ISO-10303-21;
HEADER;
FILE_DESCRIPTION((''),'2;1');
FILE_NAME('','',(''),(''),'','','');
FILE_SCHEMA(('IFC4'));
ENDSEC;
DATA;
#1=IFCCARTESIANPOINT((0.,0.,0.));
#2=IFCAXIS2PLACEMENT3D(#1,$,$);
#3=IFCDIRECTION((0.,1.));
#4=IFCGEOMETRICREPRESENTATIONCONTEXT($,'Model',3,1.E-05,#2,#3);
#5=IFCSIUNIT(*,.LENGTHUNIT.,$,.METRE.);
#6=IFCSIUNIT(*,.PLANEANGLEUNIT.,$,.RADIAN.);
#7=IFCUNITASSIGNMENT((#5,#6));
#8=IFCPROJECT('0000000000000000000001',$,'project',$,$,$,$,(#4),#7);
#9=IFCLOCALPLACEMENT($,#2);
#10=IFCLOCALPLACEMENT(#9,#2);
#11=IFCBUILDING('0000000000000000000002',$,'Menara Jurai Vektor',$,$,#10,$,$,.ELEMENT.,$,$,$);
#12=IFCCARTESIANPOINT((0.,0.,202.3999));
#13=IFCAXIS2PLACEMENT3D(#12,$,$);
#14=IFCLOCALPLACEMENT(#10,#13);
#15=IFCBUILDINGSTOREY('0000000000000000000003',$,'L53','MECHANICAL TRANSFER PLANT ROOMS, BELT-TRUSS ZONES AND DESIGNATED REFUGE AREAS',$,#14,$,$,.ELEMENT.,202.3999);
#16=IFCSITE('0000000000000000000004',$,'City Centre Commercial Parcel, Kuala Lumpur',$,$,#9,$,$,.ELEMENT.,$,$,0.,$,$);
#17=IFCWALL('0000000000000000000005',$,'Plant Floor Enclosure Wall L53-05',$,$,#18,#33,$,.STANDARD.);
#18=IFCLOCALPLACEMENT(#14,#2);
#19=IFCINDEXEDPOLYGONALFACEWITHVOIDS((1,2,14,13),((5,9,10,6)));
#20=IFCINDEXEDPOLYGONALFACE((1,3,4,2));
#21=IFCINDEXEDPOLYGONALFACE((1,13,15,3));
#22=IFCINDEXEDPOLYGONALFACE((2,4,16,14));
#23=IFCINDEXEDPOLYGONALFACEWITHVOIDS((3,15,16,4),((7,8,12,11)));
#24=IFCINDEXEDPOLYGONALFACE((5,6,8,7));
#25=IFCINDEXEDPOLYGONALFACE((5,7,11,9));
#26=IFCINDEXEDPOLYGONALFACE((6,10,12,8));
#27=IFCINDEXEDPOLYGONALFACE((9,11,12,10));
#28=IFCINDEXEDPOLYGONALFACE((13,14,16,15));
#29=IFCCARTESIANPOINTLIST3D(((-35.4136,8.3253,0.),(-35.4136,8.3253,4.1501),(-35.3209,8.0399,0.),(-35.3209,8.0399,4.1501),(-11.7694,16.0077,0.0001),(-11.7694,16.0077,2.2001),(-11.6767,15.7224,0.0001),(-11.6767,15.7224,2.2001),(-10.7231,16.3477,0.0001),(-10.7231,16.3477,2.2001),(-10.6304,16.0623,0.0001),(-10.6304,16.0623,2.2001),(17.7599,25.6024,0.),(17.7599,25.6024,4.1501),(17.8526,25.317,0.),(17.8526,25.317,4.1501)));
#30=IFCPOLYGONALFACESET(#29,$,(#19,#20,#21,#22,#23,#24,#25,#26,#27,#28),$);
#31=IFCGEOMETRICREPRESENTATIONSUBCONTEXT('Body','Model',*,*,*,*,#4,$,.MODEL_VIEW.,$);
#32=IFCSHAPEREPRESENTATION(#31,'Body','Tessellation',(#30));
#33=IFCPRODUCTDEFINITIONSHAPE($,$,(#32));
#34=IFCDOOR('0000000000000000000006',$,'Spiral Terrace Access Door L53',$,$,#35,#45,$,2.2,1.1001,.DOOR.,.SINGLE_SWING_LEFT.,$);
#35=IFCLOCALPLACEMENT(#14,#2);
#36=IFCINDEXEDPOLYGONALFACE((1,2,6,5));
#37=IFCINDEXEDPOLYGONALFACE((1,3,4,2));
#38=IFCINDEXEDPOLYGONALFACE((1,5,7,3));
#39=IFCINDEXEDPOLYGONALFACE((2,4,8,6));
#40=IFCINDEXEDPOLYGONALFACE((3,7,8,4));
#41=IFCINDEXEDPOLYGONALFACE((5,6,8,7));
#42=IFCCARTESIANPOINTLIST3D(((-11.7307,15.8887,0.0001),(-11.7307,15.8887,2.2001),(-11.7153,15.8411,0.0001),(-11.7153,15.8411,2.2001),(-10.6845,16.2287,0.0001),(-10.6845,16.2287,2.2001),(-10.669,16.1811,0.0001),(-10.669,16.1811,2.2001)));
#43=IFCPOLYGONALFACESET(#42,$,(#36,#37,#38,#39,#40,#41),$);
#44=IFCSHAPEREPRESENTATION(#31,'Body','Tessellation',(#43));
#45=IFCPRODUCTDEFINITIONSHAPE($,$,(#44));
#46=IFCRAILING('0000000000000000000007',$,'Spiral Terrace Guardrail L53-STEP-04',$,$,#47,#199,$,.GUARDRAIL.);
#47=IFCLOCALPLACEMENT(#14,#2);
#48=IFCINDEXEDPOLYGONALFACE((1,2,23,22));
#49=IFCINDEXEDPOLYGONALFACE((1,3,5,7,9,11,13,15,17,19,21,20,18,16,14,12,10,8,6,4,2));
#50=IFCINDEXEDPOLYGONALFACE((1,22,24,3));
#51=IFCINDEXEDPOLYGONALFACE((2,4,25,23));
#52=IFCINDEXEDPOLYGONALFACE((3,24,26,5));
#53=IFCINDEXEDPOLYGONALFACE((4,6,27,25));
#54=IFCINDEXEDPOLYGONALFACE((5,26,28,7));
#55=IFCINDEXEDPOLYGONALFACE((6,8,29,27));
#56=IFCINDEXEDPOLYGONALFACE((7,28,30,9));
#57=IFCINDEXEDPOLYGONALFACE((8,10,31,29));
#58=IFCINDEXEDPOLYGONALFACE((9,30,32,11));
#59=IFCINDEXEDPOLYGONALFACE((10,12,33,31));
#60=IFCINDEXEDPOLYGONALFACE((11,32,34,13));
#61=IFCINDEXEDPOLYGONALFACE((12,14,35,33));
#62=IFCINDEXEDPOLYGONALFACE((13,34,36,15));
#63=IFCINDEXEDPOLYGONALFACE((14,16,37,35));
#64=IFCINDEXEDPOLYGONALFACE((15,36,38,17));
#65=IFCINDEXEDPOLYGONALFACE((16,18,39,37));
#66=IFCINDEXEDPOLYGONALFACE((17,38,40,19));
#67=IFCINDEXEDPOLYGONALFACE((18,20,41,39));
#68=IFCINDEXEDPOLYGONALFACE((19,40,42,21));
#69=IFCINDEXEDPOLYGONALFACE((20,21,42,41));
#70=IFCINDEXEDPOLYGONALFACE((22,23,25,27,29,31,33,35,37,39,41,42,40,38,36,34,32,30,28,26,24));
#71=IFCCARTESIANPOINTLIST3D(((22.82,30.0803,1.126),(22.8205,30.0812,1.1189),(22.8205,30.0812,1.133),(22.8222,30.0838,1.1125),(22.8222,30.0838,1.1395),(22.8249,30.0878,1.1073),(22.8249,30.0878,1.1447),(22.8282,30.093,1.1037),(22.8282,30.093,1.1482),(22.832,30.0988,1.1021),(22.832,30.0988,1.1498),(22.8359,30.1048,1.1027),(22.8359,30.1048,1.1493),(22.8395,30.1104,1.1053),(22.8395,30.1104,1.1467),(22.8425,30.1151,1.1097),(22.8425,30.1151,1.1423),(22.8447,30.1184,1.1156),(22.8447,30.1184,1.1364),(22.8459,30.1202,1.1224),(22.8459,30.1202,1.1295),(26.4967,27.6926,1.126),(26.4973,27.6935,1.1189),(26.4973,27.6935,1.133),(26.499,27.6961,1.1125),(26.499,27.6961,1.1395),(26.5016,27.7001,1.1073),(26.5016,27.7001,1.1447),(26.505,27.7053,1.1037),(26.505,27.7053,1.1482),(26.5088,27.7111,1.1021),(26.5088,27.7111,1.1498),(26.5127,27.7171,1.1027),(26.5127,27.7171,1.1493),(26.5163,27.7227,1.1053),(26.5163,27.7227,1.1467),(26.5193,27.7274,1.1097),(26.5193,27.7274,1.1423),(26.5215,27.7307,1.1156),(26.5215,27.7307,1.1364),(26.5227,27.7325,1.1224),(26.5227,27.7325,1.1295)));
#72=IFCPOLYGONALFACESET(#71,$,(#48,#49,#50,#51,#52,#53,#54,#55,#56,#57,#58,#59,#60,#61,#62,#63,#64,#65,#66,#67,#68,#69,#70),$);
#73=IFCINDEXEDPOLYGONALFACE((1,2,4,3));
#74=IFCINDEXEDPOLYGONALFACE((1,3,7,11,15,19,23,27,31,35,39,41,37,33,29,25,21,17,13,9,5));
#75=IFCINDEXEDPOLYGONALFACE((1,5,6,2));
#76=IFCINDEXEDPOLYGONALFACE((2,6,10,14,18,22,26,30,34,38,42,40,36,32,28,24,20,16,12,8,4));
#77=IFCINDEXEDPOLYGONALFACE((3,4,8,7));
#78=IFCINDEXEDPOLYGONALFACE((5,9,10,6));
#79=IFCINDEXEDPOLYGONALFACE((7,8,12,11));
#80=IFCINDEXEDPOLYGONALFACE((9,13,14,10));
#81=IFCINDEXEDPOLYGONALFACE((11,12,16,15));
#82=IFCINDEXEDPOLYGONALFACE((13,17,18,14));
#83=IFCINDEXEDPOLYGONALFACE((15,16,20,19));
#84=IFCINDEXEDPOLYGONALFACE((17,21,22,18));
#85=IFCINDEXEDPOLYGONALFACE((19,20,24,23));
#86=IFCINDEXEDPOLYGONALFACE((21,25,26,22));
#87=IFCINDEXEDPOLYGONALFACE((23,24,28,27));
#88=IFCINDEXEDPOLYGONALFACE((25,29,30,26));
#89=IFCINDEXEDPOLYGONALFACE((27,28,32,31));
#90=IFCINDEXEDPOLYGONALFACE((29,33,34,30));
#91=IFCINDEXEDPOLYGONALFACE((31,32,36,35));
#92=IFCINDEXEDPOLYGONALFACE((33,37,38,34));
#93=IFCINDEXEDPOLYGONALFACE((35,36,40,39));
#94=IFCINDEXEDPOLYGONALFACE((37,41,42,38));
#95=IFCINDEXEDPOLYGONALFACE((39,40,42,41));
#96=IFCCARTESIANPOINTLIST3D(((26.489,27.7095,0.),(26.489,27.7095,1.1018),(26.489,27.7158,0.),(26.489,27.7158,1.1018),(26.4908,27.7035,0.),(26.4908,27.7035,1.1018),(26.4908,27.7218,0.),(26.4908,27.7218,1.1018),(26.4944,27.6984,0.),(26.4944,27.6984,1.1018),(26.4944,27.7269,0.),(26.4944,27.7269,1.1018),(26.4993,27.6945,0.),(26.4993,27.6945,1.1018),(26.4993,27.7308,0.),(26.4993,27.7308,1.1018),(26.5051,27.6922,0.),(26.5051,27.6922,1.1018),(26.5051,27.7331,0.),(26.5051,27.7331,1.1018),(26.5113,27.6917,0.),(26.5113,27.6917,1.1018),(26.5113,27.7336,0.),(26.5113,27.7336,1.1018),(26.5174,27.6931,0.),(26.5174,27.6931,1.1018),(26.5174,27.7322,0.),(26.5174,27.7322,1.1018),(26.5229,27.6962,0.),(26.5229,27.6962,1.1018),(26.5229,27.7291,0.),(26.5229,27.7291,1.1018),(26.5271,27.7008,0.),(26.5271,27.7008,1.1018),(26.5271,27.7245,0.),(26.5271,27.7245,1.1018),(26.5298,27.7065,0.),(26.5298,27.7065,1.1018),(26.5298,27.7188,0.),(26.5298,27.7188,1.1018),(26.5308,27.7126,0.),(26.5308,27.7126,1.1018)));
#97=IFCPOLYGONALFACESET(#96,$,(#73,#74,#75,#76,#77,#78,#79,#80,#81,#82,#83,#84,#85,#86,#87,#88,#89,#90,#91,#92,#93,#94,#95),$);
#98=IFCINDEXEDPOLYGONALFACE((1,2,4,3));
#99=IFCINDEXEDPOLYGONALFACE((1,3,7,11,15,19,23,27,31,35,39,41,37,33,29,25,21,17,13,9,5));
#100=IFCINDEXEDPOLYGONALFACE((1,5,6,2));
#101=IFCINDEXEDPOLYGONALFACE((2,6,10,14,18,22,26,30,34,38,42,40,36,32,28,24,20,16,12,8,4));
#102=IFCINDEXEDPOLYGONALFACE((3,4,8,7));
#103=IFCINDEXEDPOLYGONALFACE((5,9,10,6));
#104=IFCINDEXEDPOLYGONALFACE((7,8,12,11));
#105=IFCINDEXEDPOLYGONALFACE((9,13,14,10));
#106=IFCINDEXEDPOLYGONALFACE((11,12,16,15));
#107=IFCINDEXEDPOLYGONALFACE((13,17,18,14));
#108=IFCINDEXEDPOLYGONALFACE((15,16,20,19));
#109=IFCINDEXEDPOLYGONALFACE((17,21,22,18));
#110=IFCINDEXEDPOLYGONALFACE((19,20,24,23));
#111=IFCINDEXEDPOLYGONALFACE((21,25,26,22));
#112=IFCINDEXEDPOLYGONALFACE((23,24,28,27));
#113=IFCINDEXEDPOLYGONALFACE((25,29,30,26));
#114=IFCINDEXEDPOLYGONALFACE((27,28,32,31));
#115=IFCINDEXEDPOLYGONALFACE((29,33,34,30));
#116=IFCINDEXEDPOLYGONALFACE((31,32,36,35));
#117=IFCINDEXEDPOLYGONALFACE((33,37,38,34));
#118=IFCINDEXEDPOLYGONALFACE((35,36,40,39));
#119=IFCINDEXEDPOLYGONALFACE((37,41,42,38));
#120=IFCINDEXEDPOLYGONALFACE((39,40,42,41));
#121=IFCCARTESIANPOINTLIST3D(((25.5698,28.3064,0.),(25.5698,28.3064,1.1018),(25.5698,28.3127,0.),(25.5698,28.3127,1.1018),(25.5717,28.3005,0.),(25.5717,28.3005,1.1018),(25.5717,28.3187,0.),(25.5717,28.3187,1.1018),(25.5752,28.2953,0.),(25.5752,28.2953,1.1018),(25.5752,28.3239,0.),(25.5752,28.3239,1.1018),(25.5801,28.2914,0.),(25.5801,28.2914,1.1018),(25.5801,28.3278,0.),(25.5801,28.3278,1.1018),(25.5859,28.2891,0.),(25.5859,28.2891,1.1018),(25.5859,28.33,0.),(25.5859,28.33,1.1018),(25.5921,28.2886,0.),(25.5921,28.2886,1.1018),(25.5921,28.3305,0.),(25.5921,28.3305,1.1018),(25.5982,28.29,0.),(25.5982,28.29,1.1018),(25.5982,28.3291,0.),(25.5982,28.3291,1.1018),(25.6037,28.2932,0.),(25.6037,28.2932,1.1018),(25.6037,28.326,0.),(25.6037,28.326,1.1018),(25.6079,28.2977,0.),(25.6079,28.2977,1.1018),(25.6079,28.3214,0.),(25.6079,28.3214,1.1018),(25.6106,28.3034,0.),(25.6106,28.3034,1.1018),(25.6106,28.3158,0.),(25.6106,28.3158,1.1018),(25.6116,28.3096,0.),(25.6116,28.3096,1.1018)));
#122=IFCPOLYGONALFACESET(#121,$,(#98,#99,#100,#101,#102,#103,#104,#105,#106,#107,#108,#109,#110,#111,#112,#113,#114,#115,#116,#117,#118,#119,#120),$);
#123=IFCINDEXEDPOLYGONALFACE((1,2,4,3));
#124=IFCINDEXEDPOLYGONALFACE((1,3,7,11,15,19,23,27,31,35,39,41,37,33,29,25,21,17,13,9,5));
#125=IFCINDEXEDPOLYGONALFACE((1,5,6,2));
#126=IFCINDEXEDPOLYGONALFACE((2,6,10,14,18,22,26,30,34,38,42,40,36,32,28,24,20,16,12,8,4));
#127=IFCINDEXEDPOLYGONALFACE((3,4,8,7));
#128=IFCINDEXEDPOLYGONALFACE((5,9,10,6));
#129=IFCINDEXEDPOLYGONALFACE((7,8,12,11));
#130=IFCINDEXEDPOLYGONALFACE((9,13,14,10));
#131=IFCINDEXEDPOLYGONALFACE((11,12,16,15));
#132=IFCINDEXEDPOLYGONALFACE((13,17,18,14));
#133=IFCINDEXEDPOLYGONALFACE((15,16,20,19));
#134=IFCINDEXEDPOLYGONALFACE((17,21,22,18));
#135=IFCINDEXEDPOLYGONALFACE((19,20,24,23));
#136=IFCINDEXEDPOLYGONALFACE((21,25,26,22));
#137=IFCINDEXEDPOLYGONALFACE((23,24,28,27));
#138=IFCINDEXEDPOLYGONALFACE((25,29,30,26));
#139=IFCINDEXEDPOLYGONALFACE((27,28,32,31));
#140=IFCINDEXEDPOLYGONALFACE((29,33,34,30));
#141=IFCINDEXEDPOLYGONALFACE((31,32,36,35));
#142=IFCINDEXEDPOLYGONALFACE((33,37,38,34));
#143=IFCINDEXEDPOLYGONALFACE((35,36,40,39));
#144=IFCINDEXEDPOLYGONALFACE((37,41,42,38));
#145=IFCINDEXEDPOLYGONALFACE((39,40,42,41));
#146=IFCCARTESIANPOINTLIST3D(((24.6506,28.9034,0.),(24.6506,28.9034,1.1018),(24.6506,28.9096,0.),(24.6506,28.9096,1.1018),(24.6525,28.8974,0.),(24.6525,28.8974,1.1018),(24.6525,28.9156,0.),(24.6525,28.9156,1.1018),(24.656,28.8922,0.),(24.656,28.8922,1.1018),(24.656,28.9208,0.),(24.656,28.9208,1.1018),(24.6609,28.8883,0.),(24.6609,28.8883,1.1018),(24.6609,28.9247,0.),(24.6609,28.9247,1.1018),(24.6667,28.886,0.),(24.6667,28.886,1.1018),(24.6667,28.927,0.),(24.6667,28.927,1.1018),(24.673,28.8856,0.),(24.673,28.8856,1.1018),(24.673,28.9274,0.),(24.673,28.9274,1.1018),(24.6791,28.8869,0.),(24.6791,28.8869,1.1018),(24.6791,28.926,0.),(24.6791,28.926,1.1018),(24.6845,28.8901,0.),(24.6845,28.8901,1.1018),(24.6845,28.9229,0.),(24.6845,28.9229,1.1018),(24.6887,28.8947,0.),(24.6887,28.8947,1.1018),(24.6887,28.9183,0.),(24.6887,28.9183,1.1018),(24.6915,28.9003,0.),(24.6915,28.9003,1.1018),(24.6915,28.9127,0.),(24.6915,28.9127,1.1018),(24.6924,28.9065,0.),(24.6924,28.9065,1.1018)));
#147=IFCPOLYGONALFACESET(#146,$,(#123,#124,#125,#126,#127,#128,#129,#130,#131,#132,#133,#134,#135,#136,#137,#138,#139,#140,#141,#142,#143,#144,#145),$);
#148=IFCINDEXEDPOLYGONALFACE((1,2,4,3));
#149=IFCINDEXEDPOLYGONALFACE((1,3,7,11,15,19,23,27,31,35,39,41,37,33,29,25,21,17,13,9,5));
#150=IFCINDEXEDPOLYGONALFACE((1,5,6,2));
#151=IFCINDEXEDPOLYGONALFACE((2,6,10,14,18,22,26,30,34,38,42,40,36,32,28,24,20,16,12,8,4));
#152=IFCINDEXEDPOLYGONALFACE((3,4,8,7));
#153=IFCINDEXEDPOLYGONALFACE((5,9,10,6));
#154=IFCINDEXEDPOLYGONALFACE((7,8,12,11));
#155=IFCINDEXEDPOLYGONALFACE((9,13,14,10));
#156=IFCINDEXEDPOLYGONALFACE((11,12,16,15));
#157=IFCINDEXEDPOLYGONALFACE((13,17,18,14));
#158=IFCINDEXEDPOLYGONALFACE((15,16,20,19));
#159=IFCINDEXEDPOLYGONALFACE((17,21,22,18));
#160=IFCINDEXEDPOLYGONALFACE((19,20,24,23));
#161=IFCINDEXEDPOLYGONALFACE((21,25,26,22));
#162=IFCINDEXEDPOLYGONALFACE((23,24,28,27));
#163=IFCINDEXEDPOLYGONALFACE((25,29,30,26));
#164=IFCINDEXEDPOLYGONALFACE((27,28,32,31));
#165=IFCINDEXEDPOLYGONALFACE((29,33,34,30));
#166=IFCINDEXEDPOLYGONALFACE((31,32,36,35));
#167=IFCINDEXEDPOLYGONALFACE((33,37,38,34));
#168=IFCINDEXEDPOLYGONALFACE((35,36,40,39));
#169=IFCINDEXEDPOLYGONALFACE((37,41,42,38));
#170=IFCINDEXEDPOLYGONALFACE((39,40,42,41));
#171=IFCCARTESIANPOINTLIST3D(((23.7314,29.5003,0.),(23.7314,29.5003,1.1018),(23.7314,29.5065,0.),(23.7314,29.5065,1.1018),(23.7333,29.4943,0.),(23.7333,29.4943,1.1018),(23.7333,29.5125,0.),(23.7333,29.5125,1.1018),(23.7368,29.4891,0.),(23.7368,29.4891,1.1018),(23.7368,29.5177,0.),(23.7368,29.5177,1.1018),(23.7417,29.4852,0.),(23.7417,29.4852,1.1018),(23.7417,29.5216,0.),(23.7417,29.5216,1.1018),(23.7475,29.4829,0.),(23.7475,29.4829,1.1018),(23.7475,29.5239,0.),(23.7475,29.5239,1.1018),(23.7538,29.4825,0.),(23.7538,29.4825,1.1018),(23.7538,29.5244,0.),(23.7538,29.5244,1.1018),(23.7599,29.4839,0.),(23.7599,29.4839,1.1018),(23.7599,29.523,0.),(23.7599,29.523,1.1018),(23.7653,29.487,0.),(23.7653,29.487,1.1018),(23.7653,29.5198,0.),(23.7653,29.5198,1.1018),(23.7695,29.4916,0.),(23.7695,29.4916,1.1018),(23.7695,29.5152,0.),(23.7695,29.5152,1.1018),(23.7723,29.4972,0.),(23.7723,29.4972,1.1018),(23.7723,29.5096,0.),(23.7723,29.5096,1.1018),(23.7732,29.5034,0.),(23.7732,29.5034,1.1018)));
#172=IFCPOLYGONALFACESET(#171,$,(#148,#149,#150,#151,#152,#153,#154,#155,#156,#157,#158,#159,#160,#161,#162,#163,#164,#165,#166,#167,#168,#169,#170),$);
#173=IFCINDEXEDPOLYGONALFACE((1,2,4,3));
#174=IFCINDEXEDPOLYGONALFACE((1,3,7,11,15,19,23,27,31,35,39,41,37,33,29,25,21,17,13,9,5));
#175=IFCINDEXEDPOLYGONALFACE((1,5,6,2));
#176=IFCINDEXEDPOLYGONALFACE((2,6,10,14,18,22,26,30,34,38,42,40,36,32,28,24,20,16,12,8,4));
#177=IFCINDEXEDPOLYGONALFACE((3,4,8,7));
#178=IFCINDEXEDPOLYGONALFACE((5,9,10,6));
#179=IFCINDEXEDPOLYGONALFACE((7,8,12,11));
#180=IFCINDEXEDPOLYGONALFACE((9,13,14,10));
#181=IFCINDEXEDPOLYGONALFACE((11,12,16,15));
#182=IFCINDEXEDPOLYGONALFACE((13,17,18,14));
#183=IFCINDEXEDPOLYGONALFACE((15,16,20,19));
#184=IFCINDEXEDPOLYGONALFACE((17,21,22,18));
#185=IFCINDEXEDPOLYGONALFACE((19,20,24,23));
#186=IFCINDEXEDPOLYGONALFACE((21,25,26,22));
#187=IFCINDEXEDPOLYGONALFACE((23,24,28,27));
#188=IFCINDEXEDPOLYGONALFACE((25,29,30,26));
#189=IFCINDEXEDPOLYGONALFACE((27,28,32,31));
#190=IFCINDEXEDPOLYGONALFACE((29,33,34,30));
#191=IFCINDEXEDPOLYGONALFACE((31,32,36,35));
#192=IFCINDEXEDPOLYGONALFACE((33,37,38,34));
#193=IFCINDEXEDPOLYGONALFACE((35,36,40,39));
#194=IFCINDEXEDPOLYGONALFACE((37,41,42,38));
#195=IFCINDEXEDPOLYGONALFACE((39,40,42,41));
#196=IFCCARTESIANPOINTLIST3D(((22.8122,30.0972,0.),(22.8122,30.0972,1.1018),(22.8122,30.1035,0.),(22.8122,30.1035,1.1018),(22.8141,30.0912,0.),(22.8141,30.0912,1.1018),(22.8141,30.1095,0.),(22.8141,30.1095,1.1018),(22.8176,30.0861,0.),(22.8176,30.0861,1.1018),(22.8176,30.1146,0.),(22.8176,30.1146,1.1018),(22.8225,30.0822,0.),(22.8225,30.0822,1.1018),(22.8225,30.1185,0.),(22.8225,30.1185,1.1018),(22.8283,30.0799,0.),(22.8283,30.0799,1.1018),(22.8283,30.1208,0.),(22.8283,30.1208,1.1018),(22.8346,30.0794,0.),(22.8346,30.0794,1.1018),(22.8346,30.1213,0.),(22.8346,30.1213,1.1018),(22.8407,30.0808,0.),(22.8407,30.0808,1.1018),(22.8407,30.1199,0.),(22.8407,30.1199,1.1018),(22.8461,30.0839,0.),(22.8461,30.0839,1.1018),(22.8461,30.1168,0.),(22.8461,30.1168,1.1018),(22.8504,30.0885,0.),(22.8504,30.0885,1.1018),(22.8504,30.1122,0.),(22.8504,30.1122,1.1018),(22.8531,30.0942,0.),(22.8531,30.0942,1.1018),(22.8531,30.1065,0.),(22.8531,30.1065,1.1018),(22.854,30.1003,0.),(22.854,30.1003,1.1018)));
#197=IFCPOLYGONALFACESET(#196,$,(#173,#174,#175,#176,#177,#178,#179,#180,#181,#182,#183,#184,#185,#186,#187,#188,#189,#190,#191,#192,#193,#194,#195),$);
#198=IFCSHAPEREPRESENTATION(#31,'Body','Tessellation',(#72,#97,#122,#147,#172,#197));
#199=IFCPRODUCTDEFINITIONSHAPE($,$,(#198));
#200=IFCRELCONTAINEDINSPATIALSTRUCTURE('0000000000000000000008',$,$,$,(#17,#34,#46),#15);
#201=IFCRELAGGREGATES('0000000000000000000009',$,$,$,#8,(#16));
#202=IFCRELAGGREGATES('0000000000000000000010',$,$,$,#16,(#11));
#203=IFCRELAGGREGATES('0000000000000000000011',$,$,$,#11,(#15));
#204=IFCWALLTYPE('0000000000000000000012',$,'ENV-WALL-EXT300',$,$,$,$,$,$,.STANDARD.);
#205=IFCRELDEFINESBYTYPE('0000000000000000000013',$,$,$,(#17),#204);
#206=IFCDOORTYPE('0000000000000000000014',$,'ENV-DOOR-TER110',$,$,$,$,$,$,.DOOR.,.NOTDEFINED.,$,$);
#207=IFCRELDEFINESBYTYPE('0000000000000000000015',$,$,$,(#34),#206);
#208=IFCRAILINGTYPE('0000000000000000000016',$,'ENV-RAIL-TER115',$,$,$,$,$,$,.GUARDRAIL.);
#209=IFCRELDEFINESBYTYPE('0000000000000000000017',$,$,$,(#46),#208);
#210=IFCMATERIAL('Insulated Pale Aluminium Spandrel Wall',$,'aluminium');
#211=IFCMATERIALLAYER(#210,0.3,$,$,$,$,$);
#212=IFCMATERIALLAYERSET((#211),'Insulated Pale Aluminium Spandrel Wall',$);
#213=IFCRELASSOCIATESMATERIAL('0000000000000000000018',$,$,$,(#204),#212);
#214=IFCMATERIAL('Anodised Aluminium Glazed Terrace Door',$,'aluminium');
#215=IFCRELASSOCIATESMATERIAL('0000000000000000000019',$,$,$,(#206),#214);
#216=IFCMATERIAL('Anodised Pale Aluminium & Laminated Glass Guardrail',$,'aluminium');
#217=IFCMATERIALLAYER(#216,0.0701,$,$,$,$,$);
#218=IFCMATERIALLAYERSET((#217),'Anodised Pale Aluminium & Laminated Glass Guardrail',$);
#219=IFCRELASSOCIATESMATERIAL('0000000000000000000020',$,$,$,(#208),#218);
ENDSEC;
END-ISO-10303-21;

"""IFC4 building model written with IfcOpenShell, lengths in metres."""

from ifc_helpers import new_model, si_unit, direction, frame, frame_2d, origin, origin_2d, place, context, subcontext, project, spatial, rectangle, circle, extrude, material, layer, layer_set, type_object, element, fill, save


model = new_model("IFC4")

# Units and contexts
model_context = context("Model", 3, precision=1e-05, world=origin(), true_north=direction((0.0, 1.0)))
body_context = subcontext(model_context, "Body", "Model", "MODEL_VIEW")
ifc_project = project(units=[si_unit("LENGTHUNIT", "METRE"), si_unit("PLANEANGLEUNIT", "RADIAN")], contexts=[model_context])

# Site, building, storey
site_placement = place(None, origin())
site = spatial("IfcSite", under=ifc_project, at=site_placement, Name="City Centre Commercial Parcel, Kuala Lumpur", CompositionType="ELEMENT", RefElevation=0.0)
building_placement = place(site_placement, origin())
building = spatial("IfcBuilding", under=site, at=building_placement, Name="Menara Jurai Vektor", CompositionType="ELEMENT")
storey_placement = place(building_placement, frame((0.0, 0.0, 202.3999)))
storey = spatial("IfcBuildingStorey", under=building, at=storey_placement, Name="L53", Description="MECHANICAL TRANSFER PLANT ROOMS, BELT-TRUSS ZONES AND DESIGNATED REFUGE AREAS", CompositionType="ELEMENT", Elevation=202.3999)

# Shared definitions
ifc_material_1 = material(Name="Insulated Pale Aluminium Spandrel Wall", Category="aluminium")
ifc_layer_1 = layer(ifc_material_1, 0.3)
ifc_layer_set_1 = layer_set([ifc_layer_1], Name="Insulated Pale Aluminium Spandrel Wall")
wall_type = type_object("IfcWallType", Name="ENV-WALL-EXT300", PredefinedType="STANDARD", material=ifc_layer_set_1)

# Wall, opening, door
wall_1_placement = place(storey_placement, frame((17.8064, 25.4597, 0.0), z_axis=(0.0, 0.0, 1.0), x_axis=(-0.951057, -0.309016, 0.0)))
wall_1 = element("IfcWall", 1, at=wall_1_placement, inside=storey, type_object=wall_type, Name="Plant Floor Enclosure Wall L53-05", PredefinedType="STANDARD", context=body_context, shape_type="SweptSolid", body=[
    extrude(rectangle(XDim=55.9099, YDim=0.3, at=frame_2d((27.9551, 0.0))), origin(), (0.0, 0.0, 1.0), 4.1501),
])
opening_placement = place(wall_1_placement, frame((29.949, 0.0, 0.0)))
opening = element("IfcOpeningElement", 2, at=opening_placement, cuts=wall_1, PredefinedType="OPENING", context=body_context, shape_type="SweptSolid", body=[
    extrude(rectangle(XDim=1.1001, YDim=2.2, at=frame_2d((0.55, 1.1001))), frame((0.0, 0.1602, 0.0), z_axis=(0.0, -1.0, 0.0), x_axis=(1.0, 0.0, 0.0)), (0.0, 0.0, 1.0), 0.3201),
])
ifc_material_2 = material(Name="Anodised Aluminium Glazed Terrace Door", Category="aluminium")
door_type = type_object("IfcDoorType", Name="ENV-DOOR-TER110", OperationType="NOTDEFINED", PredefinedType="DOOR", material=ifc_material_2)
door_placement = place(opening_placement, frame((1.1001, 0.0, 0.0), z_axis=(0.0, 0.0, 1.0), x_axis=(-1.0, 0.0, 0.0)))
door = element("IfcDoor", 3, at=door_placement, inside=storey, type_object=door_type, Name="Spiral Terrace Access Door L53", OperationType="SINGLE_SWING_LEFT", OverallHeight=2.2, OverallWidth=1.1001, PredefinedType="DOOR", context=body_context, shape_type="SweptSolid", body=[
    extrude(rectangle(XDim=1.1001, YDim=2.2, at=frame_2d((0.55, 1.1001))), frame((0.0, 0.0249, 0.0), z_axis=(0.0, -1.0, 0.0), x_axis=(1.0, 0.0, 0.0)), (0.0, 0.0, 1.0), 0.05),
])
fill(opening, door)

# Railing
ifc_material_3 = material(Name="Anodised Pale Aluminium & Laminated Glass Guardrail", Category="aluminium")
ifc_layer_2 = layer(ifc_material_3, 0.0701)
ifc_layer_set_2 = layer_set([ifc_layer_2], Name="Anodised Pale Aluminium & Laminated Glass Guardrail")
railing_type = type_object("IfcRailingType", Name="ENV-RAIL-TER115", PredefinedType="GUARDRAIL", material=ifc_layer_set_2)
railing_1_placement = place(storey_placement, frame((26.5098, 27.7126, 0.0)))
element("IfcRailing", 4, at=railing_1_placement, inside=storey, type_object=railing_type, Name="Spiral Terrace Guardrail L53-STEP-04", PredefinedType="GUARDRAIL", context=body_context, shape_type="SweptSolid", body=[
    extrude(circle(Radius=0.0239, at=origin_2d()), frame((0.0, 0.0, 1.126), z_axis=(-0.838673, 0.544636, 0.0), x_axis=(-0.544636, -0.838673, 0.0)), (0.0, 0.0, 1.0), 4.384),
    extrude(circle(Radius=0.021, at=origin_2d()), origin(), (0.0, 0.0, 1.0), 1.1018),
    extrude(circle(Radius=0.021, at=origin_2d()), frame((-0.9192, 0.5969, 0.0)), (0.0, 0.0, 1.0), 1.1018),
    extrude(circle(Radius=0.021, at=origin_2d()), frame((-1.8384, 1.1938, 0.0)), (0.0, 0.0, 1.0), 1.1018),
    extrude(circle(Radius=0.021, at=origin_2d()), frame((-2.7576, 1.7908, 0.0)), (0.0, 0.0, 1.0), 1.1018),
    extrude(circle(Radius=0.021, at=origin_2d()), frame((-3.6768, 2.3877, 0.0)), (0.0, 0.0, 1.0), 1.1018),
])

save(model, "model.ifc")
